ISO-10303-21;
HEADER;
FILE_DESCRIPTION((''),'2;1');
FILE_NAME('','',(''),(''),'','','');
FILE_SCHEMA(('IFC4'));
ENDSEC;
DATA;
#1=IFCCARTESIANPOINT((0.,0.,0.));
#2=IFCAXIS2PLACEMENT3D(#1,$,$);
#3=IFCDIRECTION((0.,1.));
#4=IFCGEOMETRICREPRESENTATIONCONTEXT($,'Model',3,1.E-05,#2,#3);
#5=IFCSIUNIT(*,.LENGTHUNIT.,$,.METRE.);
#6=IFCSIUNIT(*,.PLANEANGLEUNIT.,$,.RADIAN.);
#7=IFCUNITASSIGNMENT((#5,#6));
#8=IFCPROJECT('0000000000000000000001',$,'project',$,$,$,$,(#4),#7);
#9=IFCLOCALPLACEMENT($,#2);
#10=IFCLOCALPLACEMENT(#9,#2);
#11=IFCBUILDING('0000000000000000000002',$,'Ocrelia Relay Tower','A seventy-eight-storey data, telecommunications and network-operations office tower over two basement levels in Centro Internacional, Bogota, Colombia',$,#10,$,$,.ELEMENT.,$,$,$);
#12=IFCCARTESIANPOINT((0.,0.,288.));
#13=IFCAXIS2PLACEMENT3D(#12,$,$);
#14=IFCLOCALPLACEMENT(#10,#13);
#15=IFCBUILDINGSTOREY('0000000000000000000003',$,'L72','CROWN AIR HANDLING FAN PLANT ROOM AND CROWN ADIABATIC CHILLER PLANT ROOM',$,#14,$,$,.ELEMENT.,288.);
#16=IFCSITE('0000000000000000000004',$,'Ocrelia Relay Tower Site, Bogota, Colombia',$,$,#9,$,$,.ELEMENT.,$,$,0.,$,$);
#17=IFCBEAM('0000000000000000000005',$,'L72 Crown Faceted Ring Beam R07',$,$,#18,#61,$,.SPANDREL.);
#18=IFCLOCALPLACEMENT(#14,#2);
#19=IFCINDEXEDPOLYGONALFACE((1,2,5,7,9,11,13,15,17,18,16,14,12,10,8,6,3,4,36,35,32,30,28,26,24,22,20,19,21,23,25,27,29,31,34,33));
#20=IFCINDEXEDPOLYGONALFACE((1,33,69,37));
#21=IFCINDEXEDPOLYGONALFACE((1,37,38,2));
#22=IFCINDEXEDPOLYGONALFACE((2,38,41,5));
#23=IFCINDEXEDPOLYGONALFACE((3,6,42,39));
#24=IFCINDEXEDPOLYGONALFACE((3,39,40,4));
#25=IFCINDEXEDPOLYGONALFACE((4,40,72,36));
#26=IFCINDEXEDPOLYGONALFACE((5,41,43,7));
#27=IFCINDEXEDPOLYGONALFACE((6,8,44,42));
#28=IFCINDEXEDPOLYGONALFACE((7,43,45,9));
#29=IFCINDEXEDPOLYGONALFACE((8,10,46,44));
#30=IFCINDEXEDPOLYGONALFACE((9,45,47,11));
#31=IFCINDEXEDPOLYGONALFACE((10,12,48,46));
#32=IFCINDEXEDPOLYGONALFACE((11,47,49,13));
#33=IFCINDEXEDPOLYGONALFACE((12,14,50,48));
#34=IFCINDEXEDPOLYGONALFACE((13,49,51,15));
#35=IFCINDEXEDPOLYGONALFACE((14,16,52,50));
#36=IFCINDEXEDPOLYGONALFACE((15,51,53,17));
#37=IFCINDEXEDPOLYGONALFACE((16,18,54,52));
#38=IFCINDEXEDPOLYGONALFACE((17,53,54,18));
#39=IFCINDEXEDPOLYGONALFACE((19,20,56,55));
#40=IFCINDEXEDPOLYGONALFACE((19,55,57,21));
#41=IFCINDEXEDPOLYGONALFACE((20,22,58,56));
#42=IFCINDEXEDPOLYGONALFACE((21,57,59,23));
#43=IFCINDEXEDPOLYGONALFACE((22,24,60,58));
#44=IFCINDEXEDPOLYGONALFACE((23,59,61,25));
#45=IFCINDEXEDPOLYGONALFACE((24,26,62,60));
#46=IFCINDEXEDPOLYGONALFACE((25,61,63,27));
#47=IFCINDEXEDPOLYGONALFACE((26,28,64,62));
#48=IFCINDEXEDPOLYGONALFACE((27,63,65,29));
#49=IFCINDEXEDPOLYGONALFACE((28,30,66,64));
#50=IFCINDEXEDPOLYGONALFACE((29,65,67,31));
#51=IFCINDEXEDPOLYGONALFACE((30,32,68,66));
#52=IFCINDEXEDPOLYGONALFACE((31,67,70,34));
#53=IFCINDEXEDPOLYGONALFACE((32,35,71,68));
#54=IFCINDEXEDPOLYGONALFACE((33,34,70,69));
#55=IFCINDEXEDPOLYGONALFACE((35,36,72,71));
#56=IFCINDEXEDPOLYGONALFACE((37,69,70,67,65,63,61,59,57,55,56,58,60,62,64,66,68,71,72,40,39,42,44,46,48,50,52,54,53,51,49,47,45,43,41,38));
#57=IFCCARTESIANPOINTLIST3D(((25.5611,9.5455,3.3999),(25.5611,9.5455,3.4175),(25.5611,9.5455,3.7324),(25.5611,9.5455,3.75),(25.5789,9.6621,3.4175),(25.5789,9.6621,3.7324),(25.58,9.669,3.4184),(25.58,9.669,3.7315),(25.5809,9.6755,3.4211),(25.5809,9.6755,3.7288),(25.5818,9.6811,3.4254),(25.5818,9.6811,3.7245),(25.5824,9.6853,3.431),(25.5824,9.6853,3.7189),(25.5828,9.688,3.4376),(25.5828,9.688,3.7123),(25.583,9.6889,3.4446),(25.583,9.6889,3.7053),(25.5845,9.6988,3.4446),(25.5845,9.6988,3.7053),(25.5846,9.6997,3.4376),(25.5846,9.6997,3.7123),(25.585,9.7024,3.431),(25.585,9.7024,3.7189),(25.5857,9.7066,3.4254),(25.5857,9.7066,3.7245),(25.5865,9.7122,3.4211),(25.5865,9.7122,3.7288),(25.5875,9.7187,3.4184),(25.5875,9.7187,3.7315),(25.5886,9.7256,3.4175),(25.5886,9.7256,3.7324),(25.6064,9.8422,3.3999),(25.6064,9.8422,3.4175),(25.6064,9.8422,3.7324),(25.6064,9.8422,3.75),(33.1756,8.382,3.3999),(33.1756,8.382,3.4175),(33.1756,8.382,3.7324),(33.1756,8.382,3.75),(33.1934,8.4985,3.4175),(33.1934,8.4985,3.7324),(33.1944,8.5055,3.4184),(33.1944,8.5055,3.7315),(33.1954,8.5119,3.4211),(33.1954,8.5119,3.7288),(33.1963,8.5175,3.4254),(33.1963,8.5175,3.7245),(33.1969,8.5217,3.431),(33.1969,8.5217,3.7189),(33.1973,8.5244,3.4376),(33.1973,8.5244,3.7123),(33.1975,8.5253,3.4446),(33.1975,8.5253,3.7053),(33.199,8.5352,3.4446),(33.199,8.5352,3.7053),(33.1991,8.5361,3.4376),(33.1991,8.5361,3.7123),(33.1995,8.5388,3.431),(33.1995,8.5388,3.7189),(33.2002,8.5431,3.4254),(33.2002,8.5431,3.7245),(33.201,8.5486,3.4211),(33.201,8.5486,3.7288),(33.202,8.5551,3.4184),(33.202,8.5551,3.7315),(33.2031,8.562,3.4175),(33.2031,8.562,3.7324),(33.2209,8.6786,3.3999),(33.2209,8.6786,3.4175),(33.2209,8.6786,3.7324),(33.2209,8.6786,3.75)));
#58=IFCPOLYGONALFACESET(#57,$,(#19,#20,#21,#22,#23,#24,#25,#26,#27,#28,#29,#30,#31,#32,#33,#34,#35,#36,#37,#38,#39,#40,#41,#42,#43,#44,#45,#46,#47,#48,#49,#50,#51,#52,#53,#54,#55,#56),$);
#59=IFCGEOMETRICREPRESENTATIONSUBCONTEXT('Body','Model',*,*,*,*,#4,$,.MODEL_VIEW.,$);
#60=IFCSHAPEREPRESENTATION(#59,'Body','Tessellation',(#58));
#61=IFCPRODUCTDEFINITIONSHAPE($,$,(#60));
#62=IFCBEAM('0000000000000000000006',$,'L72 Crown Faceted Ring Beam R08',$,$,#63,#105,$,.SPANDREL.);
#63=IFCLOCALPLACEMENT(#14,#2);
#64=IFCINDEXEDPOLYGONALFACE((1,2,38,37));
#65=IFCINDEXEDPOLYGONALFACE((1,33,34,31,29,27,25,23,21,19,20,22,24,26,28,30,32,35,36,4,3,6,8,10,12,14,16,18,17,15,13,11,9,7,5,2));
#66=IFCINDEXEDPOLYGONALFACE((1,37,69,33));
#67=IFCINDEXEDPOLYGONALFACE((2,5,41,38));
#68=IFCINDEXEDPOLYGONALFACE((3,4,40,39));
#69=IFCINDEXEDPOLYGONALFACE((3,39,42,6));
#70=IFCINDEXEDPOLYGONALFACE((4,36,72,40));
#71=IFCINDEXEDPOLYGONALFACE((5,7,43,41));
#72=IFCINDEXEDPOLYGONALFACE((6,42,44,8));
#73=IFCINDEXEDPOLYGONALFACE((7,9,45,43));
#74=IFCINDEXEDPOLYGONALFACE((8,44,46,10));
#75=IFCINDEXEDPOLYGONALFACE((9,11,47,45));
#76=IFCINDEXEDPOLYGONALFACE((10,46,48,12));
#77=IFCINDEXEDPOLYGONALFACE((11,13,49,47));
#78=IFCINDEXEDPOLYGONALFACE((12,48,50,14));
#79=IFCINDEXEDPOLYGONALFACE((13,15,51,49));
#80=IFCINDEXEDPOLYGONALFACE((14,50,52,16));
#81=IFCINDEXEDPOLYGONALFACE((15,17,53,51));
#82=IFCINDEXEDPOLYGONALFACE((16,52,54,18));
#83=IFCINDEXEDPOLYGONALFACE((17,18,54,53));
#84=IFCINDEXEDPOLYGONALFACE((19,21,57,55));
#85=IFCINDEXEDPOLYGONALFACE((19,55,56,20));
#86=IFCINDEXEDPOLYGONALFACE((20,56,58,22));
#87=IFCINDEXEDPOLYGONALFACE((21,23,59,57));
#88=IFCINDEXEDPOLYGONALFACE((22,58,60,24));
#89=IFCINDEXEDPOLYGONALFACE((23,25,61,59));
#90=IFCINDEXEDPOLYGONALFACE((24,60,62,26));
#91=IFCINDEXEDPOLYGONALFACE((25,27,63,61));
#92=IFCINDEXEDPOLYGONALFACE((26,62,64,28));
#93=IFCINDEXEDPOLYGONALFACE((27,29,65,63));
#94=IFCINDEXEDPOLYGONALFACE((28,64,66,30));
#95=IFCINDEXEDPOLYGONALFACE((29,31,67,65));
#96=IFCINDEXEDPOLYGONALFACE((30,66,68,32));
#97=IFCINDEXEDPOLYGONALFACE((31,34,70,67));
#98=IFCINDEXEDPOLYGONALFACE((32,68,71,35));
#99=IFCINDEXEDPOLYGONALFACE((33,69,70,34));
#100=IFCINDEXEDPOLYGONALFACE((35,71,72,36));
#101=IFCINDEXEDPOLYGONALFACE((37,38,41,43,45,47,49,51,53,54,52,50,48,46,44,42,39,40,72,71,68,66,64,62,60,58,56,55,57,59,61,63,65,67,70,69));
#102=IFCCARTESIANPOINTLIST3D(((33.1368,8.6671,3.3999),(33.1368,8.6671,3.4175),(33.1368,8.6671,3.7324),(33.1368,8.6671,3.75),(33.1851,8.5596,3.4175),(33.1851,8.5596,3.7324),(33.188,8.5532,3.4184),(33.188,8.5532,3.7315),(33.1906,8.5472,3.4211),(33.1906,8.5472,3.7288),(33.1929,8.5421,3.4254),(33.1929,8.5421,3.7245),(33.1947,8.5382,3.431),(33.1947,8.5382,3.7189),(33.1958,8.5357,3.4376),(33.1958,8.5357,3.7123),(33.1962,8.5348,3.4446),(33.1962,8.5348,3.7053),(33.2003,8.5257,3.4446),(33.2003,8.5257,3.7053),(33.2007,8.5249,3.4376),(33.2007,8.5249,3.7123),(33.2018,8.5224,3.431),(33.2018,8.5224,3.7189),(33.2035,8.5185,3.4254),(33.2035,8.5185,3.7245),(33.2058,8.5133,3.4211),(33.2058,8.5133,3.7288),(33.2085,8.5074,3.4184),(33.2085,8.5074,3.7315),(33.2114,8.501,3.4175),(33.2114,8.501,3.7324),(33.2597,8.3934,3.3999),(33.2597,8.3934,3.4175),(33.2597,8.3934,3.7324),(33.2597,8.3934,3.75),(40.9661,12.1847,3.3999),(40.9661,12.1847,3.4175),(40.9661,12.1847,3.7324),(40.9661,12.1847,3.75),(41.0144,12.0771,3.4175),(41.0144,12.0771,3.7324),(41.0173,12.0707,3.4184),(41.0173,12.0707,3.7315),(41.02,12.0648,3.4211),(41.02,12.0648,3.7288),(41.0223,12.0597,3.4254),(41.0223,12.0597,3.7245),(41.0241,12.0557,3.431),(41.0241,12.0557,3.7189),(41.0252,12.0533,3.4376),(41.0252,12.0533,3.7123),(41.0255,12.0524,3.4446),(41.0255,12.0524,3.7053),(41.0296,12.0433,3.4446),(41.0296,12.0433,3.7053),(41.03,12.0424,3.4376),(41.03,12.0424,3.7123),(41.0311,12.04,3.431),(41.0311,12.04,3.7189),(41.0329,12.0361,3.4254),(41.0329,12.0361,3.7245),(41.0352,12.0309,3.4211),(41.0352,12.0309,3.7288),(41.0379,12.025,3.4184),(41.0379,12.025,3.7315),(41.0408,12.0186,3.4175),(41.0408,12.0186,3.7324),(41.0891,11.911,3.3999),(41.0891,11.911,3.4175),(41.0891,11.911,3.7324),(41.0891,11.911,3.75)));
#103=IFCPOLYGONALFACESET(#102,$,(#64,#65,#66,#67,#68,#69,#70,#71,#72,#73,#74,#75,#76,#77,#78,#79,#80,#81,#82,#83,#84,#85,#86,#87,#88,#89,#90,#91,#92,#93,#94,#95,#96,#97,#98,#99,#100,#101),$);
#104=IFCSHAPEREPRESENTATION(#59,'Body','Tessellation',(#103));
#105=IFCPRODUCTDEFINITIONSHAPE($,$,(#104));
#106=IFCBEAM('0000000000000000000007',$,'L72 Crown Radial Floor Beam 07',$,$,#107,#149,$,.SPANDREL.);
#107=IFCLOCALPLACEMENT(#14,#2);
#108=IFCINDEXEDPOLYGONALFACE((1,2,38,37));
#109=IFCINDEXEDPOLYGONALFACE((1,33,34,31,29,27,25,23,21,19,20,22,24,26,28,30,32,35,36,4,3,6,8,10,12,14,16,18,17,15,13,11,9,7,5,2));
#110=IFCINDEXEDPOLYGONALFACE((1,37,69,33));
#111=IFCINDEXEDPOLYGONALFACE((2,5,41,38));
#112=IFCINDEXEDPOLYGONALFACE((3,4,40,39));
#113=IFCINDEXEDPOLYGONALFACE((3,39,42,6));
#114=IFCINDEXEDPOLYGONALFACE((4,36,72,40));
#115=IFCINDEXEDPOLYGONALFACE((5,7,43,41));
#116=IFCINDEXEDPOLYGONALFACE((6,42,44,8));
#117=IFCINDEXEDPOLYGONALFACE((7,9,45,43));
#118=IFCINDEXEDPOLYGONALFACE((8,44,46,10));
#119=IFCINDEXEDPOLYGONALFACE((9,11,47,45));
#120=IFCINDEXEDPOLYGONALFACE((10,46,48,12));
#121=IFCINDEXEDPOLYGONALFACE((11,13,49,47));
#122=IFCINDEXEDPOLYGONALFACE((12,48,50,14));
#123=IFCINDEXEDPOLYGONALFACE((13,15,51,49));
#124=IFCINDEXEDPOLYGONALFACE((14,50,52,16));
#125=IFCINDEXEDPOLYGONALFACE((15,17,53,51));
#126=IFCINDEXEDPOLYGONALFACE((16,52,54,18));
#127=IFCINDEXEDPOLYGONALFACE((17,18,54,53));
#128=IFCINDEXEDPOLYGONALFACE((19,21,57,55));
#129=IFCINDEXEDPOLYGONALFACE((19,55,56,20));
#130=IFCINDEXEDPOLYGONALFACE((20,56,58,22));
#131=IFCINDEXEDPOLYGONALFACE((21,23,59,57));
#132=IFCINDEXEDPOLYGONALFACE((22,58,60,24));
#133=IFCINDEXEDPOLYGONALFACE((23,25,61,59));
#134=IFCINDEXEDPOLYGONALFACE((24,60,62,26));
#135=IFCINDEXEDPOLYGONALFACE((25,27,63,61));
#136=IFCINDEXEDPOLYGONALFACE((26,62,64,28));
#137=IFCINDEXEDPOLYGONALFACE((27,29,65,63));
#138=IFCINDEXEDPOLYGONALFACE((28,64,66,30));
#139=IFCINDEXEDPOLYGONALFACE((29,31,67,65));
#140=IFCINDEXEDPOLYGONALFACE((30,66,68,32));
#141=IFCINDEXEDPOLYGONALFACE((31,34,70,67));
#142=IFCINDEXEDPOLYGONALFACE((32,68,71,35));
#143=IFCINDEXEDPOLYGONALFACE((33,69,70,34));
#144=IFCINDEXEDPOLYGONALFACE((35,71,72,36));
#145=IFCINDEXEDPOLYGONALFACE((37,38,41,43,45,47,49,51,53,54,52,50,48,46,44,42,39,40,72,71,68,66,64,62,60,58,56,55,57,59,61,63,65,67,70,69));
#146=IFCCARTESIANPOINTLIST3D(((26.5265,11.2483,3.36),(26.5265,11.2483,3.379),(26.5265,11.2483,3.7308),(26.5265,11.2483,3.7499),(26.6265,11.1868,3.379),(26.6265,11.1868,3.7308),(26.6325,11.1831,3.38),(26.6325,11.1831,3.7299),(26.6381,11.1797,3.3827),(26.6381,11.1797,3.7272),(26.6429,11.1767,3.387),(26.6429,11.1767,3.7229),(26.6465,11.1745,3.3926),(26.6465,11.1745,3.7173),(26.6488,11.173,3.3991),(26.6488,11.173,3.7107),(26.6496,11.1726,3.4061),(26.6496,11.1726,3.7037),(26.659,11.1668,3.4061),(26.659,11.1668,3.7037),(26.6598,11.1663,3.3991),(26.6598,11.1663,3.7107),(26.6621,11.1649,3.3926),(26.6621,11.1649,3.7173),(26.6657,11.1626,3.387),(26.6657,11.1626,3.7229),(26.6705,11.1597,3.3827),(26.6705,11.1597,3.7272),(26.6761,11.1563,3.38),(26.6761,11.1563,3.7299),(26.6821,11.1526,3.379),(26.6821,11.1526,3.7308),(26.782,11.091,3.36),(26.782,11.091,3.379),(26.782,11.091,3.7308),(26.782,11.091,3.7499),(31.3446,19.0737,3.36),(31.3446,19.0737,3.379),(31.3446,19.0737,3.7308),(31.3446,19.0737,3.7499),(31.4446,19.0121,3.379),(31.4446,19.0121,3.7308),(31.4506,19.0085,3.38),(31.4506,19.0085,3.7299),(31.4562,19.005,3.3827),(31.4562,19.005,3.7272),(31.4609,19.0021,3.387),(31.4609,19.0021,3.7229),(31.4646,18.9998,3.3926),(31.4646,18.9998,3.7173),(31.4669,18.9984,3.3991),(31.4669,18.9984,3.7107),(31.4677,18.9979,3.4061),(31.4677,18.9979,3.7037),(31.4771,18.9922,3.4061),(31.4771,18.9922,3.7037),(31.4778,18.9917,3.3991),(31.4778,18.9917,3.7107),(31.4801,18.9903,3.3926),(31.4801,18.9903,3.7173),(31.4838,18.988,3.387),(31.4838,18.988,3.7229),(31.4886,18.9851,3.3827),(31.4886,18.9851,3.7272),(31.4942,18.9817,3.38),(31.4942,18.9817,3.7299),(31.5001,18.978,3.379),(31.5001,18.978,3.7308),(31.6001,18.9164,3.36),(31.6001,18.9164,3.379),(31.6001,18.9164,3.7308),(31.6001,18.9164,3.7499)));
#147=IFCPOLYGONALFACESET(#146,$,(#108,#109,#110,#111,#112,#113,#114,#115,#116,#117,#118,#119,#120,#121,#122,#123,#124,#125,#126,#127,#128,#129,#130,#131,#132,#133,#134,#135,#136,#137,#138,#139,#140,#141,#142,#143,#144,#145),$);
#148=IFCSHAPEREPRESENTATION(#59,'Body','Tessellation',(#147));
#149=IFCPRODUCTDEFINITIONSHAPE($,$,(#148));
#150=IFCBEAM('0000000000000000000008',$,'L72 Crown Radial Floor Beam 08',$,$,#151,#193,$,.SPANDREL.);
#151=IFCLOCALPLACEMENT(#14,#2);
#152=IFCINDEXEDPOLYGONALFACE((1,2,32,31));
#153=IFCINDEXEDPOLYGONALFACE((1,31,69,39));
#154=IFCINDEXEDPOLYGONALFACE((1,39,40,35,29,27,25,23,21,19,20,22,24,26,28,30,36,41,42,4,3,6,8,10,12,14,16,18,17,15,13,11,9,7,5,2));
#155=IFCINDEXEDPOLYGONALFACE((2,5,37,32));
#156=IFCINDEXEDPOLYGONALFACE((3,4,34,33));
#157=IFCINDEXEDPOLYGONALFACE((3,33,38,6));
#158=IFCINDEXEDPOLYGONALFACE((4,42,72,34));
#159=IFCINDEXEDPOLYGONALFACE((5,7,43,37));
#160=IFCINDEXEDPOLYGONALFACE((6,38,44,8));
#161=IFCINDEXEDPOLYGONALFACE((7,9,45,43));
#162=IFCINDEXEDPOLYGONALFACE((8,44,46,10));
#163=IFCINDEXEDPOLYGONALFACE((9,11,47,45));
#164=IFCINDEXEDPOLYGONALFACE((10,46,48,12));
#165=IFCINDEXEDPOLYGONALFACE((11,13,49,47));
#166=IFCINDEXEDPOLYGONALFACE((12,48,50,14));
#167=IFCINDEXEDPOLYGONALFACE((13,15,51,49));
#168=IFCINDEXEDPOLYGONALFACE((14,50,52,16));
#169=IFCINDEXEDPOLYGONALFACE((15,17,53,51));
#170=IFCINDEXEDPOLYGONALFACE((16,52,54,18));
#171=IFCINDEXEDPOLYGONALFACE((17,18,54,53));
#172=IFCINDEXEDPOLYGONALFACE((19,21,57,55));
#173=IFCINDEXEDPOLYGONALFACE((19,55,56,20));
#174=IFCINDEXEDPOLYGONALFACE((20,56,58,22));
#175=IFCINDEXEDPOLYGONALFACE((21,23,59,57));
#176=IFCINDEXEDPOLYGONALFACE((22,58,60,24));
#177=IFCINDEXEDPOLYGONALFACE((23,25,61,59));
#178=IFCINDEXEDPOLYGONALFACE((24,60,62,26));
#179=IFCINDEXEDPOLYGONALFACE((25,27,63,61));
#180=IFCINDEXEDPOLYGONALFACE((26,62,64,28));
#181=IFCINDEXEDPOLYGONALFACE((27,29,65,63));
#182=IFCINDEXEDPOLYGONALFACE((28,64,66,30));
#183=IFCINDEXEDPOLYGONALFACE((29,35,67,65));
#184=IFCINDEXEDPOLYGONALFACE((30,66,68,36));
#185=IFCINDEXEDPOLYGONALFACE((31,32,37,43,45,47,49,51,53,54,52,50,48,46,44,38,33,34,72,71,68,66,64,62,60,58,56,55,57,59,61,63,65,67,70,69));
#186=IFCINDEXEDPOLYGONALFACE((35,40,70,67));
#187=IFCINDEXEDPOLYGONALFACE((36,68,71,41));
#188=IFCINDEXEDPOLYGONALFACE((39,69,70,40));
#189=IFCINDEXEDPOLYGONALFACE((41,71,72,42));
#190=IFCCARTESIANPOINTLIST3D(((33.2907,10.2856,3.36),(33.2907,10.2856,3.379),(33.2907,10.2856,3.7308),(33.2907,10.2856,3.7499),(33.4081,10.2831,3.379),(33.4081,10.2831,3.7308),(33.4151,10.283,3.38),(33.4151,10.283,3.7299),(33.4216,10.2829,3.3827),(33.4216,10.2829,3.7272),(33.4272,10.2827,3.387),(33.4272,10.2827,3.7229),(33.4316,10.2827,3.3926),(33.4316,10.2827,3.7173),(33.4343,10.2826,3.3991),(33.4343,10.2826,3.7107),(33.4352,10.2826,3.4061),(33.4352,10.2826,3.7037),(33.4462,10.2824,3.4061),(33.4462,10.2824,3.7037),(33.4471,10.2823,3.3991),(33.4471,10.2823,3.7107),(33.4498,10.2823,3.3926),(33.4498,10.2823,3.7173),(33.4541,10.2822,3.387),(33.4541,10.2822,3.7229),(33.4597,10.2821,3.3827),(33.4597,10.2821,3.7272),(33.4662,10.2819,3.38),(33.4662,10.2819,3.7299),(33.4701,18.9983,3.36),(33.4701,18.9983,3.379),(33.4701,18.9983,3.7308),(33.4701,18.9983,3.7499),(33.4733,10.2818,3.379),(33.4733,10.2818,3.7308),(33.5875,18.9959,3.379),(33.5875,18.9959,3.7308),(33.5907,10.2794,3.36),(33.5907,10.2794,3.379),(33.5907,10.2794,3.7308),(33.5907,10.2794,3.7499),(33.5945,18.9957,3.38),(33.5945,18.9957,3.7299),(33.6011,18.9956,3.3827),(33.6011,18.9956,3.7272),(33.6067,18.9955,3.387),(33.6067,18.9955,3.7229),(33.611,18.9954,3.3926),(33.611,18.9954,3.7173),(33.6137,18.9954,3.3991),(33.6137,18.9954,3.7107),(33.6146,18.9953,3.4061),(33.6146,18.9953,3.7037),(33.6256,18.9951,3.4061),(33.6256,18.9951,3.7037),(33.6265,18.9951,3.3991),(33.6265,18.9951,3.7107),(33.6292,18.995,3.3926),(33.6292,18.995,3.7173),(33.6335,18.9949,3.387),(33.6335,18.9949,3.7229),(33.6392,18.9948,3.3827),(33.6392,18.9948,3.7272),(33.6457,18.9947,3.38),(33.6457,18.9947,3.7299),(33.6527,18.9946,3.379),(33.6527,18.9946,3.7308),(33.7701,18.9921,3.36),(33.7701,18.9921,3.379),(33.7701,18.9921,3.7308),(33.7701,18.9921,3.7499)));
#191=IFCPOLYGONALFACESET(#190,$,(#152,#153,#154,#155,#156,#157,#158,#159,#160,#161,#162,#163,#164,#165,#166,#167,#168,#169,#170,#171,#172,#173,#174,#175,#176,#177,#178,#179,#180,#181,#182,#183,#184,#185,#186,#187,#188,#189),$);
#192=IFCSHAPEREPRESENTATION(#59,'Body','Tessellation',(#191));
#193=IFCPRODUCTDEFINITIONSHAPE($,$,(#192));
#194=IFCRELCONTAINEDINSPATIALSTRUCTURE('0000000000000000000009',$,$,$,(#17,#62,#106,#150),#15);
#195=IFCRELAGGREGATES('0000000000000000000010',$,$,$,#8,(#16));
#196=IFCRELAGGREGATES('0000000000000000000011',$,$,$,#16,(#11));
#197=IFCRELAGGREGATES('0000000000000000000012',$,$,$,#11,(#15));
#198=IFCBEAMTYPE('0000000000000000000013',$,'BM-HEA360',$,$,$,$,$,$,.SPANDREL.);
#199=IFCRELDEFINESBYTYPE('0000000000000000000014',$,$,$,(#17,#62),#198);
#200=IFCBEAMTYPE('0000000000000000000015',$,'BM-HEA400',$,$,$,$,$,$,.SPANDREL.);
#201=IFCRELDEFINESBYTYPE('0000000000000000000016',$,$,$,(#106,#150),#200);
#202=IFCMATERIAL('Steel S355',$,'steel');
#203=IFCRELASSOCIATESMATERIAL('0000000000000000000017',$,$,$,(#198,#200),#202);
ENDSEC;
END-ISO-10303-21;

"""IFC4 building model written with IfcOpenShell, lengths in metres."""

from ifc_helpers import new_model, si_unit, direction, frame, origin, origin_2d, place, context, subcontext, project, spatial, i_section, extrude, material, material_profile, profile_set, type_object, element, save


model = new_model("IFC4")

# Units and contexts
model_context = context("Model", 3, precision=1e-05, world=origin(), true_north=direction((0.0, 1.0)))
body_context = subcontext(model_context, "Body", "Model", "MODEL_VIEW")
ifc_project = project(units=[si_unit("LENGTHUNIT", "METRE"), si_unit("PLANEANGLEUNIT", "RADIAN")], contexts=[model_context])

# Site, building, storey
site_placement = place(None, origin())
site = spatial("IfcSite", under=ifc_project, at=site_placement, Name="Ocrelia Relay Tower Site, Bogota, Colombia", CompositionType="ELEMENT", RefElevation=0.0)
building_placement = place(site_placement, origin())
building = spatial("IfcBuilding", under=site, at=building_placement, Name="Ocrelia Relay Tower", Description="A seventy-eight-storey data, telecommunications and network-operations office tower over two basement levels in Centro Internacional, Bogota, Colombia", CompositionType="ELEMENT")
storey_placement = place(building_placement, frame((0.0, 0.0, 288.0)))
storey = spatial("IfcBuildingStorey", under=building, at=storey_placement, Name="L72", Description="CROWN AIR HANDLING FAN PLANT ROOM AND CROWN ADIABATIC CHILLER PLANT ROOM", CompositionType="ELEMENT", Elevation=288.0)

# Beams
ifc_material_1 = material(Name="Steel S355", Category="steel")
ifc_material_profile_1 = material_profile(ifc_material_1, i_section(OverallWidth=0.3, OverallDepth=0.3501, WebThickness=0.01, FlangeThickness=0.0176, FilletRadius=0.0271, at=origin_2d()), Name="HEA 360")
ifc_profile_set_1 = profile_set([ifc_material_profile_1], Name="Steel S355")
beam_type_1 = type_object("IfcBeamType", Name="BM-HEA360", PredefinedType="SPANDREL", material=ifc_profile_set_1)
beam_1_placement = place(storey_placement, frame((25.5837, 9.6938, 3.575), z_axis=(0.988525, -0.151057, 0.0), x_axis=(0.151057, 0.988525, 0.0)))
element("IfcBeam", 1, at=beam_1_placement, inside=storey, type_object=beam_type_1, Name="L72 Crown Faceted Ring Beam R07", PredefinedType="SPANDREL", context=body_context, shape_type="SweptSolid", body=[
    extrude(i_section(OverallWidth=0.3, OverallDepth=0.3501, WebThickness=0.01, FlangeThickness=0.0176, FilletRadius=0.0271, at=origin_2d()), origin(), (0.0, 0.0, 1.0), 7.7029),
])
beam_2_placement = place(storey_placement, frame((33.1982, 8.5303, 3.575), z_axis=(0.912167, 0.409819, 0.0), x_axis=(-0.409819, 0.912167, 0.0)))
element("IfcBeam", 2, at=beam_2_placement, inside=storey, type_object=beam_type_1, Name="L72 Crown Faceted Ring Beam R08", PredefinedType="SPANDREL", context=body_context, shape_type="SweptSolid", body=[
    extrude(i_section(OverallWidth=0.3, OverallDepth=0.3501, WebThickness=0.01, FlangeThickness=0.0176, FilletRadius=0.0271, at=origin_2d()), origin(), (0.0, 0.0, 1.0), 8.5833),
])
ifc_material_profile_2 = material_profile(ifc_material_1, i_section(OverallWidth=0.3, OverallDepth=0.3899, WebThickness=0.011, FlangeThickness=0.019, FilletRadius=0.0271, at=origin_2d()), Name="HEA 400")
ifc_profile_set_2 = profile_set([ifc_material_profile_2], Name="Steel S355")
beam_type_2 = type_object("IfcBeamType", Name="BM-HEA400", PredefinedType="SPANDREL", material=ifc_profile_set_2)
beam_3_placement = place(storey_placement, frame((26.6543, 11.1697, 3.5549), z_axis=(0.524292, 0.851539, 0.0), x_axis=(-0.851539, 0.524292, 0.0)))
element("IfcBeam", 3, at=beam_3_placement, inside=storey, type_object=beam_type_2, Name="L72 Crown Radial Floor Beam 07", PredefinedType="SPANDREL", context=body_context, shape_type="SweptSolid", body=[
    extrude(i_section(OverallWidth=0.3, OverallDepth=0.3899, WebThickness=0.011, FlangeThickness=0.019, FilletRadius=0.0271, at=origin_2d()), origin(), (0.0, 0.0, 1.0), 9.1897),
])
beam_4_placement = place(storey_placement, frame((33.4407, 10.2825, 3.5549), z_axis=(0.020591, 0.999788, 0.0), x_axis=(-0.999788, 0.020591, 0.0)))
element("IfcBeam", 4, at=beam_4_placement, inside=storey, type_object=beam_type_2, Name="L72 Crown Radial Floor Beam 08", PredefinedType="SPANDREL", context=body_context, shape_type="SweptSolid", body=[
    extrude(i_section(OverallWidth=0.3, OverallDepth=0.3899, WebThickness=0.011, FlangeThickness=0.019, FilletRadius=0.0271, at=origin_2d()), origin(), (0.0, 0.0, 1.0), 8.7146),
])

save(model, "model.ifc")
